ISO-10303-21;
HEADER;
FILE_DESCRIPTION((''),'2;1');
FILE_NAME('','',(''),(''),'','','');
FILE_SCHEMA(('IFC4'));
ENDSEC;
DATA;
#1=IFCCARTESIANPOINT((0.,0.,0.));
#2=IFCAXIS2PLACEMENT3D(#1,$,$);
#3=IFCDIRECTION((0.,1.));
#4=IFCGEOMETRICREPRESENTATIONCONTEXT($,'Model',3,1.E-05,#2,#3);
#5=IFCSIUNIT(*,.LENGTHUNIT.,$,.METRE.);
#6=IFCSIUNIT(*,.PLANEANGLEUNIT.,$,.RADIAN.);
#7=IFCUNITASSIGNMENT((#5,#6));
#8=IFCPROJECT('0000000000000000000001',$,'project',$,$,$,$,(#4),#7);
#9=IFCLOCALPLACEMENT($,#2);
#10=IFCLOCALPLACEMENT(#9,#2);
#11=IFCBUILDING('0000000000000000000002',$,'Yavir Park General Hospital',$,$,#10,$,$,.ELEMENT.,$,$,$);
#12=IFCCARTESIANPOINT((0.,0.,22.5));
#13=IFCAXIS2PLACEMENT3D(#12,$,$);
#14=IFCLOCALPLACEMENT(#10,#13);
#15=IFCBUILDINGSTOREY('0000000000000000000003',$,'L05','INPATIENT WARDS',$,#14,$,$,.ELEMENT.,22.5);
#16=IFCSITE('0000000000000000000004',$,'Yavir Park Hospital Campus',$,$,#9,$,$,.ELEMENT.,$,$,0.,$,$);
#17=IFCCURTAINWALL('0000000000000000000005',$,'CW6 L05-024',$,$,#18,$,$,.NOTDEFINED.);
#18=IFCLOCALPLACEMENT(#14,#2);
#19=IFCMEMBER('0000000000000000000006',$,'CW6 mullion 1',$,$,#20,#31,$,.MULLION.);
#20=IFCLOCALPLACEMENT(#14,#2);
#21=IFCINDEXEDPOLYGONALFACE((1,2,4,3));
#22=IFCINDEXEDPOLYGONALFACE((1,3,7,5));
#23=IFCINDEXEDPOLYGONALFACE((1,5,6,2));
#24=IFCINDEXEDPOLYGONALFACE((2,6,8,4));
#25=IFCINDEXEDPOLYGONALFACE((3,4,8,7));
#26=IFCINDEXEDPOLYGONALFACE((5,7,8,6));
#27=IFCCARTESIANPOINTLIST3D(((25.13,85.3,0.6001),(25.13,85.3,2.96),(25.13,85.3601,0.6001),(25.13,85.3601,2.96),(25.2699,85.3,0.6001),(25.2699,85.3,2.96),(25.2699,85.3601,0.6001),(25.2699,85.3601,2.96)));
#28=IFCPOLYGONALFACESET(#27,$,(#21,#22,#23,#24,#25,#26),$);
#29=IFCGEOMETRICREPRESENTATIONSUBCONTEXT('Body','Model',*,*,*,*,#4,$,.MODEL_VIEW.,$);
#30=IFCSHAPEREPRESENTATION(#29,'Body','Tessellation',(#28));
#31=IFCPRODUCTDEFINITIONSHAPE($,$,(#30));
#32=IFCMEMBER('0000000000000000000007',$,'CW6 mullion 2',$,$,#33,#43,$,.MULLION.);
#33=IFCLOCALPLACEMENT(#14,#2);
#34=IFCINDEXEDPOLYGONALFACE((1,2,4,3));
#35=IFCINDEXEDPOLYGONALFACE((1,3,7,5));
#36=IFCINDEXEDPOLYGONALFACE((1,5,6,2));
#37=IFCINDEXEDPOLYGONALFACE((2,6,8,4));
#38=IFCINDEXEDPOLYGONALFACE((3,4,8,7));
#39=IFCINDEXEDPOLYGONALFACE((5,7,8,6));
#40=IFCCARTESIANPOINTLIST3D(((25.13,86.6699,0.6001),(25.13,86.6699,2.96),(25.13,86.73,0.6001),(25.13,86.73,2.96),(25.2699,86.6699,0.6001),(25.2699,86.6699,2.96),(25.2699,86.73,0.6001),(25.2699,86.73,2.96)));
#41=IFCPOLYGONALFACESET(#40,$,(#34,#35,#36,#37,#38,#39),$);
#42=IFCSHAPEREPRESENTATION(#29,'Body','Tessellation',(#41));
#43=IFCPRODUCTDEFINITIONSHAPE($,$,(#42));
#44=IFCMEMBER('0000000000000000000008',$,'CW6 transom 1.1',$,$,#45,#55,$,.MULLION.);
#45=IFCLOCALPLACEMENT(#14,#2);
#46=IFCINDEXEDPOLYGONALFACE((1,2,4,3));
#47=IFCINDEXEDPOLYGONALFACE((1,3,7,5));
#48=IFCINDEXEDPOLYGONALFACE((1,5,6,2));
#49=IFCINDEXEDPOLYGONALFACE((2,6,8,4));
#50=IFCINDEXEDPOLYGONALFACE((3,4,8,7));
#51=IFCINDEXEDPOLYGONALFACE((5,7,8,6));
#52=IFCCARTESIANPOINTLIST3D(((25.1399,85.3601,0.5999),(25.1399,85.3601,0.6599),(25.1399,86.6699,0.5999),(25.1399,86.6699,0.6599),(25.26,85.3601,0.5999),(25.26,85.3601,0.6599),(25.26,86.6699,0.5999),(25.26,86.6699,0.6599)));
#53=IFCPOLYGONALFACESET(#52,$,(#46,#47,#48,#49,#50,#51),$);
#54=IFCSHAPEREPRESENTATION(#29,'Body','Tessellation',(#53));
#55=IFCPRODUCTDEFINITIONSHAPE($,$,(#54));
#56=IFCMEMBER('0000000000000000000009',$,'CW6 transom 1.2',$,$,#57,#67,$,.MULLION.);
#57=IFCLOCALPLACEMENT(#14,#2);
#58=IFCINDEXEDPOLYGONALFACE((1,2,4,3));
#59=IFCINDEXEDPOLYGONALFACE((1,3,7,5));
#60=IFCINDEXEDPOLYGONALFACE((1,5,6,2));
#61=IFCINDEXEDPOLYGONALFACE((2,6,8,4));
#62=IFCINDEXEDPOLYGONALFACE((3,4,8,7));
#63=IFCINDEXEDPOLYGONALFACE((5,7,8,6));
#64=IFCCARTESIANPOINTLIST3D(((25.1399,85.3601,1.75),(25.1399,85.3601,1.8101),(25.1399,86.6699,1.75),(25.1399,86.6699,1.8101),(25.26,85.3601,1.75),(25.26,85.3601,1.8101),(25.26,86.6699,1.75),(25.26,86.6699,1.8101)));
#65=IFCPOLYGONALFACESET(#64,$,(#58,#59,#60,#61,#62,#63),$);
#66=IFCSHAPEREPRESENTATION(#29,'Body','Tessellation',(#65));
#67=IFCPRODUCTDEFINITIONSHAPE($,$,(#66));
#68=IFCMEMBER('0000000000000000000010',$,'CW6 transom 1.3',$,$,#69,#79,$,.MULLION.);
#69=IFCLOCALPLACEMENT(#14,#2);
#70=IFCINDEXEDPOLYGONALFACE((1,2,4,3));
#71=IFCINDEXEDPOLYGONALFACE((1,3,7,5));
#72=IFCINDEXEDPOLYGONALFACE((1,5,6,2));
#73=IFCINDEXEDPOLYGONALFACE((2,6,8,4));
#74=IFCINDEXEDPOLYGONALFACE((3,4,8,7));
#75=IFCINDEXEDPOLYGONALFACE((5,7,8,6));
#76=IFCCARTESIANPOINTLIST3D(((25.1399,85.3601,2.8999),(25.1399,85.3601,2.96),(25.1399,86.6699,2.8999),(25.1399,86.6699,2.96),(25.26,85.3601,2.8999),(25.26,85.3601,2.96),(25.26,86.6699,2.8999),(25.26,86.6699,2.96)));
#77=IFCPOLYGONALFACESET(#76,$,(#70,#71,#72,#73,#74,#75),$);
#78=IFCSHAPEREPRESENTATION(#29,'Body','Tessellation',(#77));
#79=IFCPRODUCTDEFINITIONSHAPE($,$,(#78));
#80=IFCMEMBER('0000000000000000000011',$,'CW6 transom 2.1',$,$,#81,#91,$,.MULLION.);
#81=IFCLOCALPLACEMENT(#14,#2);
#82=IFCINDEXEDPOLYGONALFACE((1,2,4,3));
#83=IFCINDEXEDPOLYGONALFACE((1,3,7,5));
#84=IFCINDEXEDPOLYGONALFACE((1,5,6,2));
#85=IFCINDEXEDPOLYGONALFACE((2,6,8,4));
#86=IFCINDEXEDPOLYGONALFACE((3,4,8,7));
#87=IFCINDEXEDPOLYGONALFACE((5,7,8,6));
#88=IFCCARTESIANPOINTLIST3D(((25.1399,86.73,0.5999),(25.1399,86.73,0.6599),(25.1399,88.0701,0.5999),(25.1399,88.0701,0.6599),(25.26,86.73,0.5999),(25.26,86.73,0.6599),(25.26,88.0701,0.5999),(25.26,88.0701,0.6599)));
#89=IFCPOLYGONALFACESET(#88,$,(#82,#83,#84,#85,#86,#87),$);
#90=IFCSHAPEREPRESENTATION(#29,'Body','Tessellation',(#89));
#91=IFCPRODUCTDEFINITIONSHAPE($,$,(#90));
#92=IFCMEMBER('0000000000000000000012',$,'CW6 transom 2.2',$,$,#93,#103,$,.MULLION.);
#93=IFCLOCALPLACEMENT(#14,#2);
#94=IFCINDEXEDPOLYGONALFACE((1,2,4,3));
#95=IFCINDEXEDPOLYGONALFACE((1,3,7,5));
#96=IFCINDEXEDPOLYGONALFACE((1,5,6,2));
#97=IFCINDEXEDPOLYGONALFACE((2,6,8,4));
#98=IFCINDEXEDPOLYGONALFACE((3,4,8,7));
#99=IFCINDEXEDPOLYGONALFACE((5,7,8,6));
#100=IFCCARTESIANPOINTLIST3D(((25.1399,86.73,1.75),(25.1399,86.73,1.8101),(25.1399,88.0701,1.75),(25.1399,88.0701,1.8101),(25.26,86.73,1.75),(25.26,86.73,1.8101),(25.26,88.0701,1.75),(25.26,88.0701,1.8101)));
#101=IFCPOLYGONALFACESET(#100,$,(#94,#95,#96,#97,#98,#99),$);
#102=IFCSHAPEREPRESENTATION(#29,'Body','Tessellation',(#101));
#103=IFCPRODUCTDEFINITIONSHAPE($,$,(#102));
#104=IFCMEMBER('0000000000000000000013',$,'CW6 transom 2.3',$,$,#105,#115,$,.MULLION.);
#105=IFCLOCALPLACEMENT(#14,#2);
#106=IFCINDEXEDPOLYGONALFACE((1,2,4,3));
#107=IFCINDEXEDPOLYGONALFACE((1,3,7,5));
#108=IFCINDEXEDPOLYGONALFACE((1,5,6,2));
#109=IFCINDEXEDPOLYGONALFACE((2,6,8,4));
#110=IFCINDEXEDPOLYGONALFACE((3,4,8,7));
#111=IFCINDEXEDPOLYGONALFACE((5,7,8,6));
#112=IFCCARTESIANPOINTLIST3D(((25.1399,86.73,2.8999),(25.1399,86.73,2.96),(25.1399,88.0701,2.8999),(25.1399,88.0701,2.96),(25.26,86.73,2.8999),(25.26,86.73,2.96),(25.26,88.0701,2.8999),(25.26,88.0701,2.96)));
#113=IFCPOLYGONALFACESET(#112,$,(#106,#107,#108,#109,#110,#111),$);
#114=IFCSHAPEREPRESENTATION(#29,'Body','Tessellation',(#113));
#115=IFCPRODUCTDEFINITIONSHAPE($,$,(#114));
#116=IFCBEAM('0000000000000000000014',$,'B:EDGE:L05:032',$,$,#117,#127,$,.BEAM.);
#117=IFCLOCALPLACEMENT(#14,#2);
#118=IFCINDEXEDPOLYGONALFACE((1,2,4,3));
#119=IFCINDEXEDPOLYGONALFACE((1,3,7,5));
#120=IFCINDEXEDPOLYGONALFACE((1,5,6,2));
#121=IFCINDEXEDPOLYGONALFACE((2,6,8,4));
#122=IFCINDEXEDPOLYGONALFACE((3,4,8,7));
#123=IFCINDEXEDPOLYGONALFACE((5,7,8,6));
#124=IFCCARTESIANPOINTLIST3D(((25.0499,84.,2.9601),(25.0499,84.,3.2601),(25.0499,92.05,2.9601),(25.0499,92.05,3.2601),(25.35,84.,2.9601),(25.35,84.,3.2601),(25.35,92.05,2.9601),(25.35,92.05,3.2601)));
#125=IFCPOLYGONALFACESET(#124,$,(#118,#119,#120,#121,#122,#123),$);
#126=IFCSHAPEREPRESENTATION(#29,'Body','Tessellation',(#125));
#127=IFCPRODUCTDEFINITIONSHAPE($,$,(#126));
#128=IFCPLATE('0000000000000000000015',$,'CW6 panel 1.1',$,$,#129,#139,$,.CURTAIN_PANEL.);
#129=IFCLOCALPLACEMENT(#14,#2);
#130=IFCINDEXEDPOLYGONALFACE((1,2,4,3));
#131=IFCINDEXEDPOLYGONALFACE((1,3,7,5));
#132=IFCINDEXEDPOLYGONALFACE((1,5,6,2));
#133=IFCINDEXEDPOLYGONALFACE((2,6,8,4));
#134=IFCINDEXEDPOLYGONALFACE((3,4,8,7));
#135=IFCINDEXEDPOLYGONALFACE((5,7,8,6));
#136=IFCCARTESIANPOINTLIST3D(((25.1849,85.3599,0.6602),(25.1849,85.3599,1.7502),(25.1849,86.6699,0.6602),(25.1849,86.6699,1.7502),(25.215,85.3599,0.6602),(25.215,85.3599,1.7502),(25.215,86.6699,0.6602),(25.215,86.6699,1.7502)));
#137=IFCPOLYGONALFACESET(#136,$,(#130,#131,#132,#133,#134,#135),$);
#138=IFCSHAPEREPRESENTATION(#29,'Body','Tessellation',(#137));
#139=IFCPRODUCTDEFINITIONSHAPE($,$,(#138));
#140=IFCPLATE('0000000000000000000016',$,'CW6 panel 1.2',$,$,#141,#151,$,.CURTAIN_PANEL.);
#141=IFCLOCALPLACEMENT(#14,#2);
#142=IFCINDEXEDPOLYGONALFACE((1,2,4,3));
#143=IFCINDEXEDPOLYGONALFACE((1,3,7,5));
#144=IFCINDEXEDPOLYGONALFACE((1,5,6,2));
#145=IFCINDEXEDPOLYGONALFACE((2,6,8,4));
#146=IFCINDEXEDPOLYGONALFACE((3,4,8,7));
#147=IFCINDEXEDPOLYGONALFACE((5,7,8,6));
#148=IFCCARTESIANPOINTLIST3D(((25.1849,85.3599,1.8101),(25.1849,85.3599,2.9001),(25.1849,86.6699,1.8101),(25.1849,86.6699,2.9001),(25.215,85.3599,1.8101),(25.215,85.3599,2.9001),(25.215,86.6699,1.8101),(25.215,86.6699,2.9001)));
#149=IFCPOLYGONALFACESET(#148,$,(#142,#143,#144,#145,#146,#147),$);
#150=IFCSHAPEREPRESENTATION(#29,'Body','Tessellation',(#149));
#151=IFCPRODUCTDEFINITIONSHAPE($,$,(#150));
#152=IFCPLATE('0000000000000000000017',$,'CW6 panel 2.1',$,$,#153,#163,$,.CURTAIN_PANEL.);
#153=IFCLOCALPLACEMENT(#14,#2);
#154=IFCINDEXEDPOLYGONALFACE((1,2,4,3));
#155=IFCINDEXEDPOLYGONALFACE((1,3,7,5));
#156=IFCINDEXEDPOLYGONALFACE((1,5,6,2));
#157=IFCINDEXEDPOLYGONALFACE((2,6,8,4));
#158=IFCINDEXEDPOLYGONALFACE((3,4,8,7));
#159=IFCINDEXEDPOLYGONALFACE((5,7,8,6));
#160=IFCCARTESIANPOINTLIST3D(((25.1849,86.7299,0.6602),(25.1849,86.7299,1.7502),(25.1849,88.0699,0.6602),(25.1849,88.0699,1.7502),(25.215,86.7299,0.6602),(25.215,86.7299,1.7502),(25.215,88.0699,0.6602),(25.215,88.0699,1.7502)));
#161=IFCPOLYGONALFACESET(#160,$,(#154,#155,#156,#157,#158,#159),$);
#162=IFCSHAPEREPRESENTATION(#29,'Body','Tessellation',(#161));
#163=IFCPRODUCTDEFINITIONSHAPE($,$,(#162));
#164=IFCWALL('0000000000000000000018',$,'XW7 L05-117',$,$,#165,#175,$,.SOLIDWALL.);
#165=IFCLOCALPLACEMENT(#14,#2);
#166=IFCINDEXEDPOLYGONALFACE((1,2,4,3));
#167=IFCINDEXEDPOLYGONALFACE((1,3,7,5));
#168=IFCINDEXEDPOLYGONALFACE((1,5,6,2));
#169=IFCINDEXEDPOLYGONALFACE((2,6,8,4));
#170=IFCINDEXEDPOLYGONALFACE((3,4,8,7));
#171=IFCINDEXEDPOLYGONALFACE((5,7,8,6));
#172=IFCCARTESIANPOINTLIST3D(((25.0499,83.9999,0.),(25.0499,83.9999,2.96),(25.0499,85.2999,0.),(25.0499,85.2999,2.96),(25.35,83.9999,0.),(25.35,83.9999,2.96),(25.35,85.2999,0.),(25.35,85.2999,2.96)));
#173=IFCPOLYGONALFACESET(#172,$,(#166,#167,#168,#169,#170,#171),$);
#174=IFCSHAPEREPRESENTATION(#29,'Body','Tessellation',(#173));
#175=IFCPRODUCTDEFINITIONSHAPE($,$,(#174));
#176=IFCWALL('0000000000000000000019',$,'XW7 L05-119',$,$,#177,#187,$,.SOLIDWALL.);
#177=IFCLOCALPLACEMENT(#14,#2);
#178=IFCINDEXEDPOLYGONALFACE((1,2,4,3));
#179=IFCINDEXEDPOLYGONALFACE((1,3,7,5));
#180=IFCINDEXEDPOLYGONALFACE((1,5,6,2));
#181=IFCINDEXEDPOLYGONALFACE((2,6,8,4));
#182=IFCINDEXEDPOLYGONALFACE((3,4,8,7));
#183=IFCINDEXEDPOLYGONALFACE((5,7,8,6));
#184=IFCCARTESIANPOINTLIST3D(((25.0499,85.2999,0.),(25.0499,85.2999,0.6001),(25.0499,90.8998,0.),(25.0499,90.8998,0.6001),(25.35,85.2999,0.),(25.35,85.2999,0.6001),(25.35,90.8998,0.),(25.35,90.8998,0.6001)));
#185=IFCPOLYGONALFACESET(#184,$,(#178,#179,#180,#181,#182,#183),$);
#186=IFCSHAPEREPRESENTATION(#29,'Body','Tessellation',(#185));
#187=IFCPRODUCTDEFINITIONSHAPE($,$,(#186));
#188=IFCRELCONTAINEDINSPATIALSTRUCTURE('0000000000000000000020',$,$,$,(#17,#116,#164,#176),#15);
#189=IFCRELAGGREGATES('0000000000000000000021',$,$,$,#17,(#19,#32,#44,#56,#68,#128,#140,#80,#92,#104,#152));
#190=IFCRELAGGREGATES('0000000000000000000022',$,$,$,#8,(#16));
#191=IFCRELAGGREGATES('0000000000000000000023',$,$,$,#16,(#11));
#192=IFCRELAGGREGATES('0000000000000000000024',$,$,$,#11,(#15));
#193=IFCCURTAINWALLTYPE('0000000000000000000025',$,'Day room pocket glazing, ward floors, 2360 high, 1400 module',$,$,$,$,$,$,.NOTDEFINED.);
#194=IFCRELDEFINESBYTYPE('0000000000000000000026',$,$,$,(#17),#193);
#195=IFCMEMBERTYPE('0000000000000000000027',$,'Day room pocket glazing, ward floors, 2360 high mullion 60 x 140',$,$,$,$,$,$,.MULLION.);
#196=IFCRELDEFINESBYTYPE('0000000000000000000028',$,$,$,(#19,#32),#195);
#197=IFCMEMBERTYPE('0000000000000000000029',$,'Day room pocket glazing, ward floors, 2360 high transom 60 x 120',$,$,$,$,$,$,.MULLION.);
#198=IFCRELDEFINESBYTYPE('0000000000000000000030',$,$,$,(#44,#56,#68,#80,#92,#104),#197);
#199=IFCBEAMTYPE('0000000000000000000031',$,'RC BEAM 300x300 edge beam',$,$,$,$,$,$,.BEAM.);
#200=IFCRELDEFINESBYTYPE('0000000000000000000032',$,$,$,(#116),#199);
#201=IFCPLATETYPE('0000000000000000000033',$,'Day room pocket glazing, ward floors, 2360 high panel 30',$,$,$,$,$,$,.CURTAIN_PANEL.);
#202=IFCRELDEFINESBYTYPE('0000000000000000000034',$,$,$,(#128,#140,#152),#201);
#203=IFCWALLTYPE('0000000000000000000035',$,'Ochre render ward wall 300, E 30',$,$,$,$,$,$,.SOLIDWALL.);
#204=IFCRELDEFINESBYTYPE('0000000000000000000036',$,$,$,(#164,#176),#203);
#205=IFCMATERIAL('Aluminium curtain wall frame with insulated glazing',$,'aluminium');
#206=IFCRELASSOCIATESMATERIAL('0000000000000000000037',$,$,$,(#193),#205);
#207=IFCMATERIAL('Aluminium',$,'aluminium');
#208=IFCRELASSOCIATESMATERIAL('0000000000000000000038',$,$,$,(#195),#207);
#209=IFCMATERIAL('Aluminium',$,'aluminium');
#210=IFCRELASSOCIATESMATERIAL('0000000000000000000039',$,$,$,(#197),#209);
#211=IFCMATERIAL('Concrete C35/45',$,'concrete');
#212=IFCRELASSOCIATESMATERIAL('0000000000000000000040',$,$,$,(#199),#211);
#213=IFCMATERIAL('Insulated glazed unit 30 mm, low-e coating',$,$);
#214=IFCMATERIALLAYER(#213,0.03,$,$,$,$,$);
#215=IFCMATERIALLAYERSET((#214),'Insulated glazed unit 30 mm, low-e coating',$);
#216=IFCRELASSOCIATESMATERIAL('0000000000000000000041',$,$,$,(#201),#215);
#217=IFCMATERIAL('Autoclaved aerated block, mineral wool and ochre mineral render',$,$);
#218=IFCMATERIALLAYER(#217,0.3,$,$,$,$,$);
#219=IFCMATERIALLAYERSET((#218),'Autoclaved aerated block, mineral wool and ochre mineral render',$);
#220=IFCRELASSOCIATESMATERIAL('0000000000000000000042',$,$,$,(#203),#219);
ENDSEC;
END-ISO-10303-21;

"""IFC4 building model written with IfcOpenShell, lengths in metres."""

from ifc_helpers import new_model, si_unit, direction, frame, frame_2d, origin, origin_2d, place, context, subcontext, project, spatial, rectangle, extrude, material, layer, layer_set, material_profile, profile_set, type_object, element, aggregate, save


model = new_model("IFC4")

# Units and contexts
model_context = context("Model", 3, precision=1e-05, world=origin(), true_north=direction((0.0, 1.0)))
body_context = subcontext(model_context, "Body", "Model", "MODEL_VIEW")
ifc_project = project(units=[si_unit("LENGTHUNIT", "METRE"), si_unit("PLANEANGLEUNIT", "RADIAN")], contexts=[model_context])

# Site, building, storey
site_placement = place(None, origin())
site = spatial("IfcSite", under=ifc_project, at=site_placement, Name="Yavir Park Hospital Campus", CompositionType="ELEMENT", RefElevation=0.0)
building_placement = place(site_placement, origin())
building = spatial("IfcBuilding", under=site, at=building_placement, Name="Yavir Park General Hospital", CompositionType="ELEMENT")
storey_placement = place(building_placement, frame((0.0, 0.0, 22.5)))
storey = spatial("IfcBuildingStorey", under=building, at=storey_placement, Name="L05", Description="INPATIENT WARDS", CompositionType="ELEMENT", Elevation=22.5)

# Curtain wall, members
ifc_material_1 = material(Name="Aluminium curtain wall frame with insulated glazing", Category="aluminium")
curtain_wall_type = type_object("IfcCurtainWallType", Name="Day room pocket glazing, ward floors, 2360 high, 1400 module", PredefinedType="NOTDEFINED", material=ifc_material_1)
curtain_wall_placement = place(storey_placement, origin())
curtain_wall = element("IfcCurtainWall", 1, at=curtain_wall_placement, inside=storey, type_object=curtain_wall_type, Name="CW6 L05-024", PredefinedType="NOTDEFINED")
ifc_material_2 = material(Name="Aluminium", Category="aluminium")
ifc_material_profile_1 = material_profile(ifc_material_2, rectangle(XDim=0.1399, YDim=0.0601, at=origin_2d()), Name="AL 60x140")
ifc_profile_set_1 = profile_set([ifc_material_profile_1], Name="Aluminium")
member_type_1 = type_object("IfcMemberType", Name="Day room pocket glazing, ward floors, 2360 high mullion 60 x 140", PredefinedType="MULLION", material=ifc_profile_set_1)
member_1_placement = place(storey_placement, frame((25.2, 85.3301, 0.6001), z_axis=(0.0, 0.0, 1.0), x_axis=(-1.0, 0.0, 0.0)))
member_1 = element("IfcMember", 2, at=member_1_placement, type_object=member_type_1, Name="CW6 mullion 1", PredefinedType="MULLION", context=body_context, shape_type="SweptSolid", body=[
    extrude(rectangle(XDim=0.1399, YDim=0.0601, at=origin_2d()), origin(), (0.0, 0.0, 1.0), 2.3599),
])
member_2_placement = place(storey_placement, frame((25.2, 86.7, 0.6001), z_axis=(0.0, 0.0, 1.0), x_axis=(-1.0, 0.0, 0.0)))
member_2 = element("IfcMember", 3, at=member_2_placement, type_object=member_type_1, Name="CW6 mullion 2", PredefinedType="MULLION", context=body_context, shape_type="SweptSolid", body=[
    extrude(rectangle(XDim=0.1399, YDim=0.0601, at=origin_2d()), origin(), (0.0, 0.0, 1.0), 2.3599),
])
ifc_material_3 = material(Name="Aluminium", Category="aluminium")
ifc_material_profile_2 = material_profile(ifc_material_3, rectangle(XDim=0.1201, YDim=0.0601, at=origin_2d()), Name="AL 120x60")
ifc_profile_set_2 = profile_set([ifc_material_profile_2], Name="Aluminium")
member_type_2 = type_object("IfcMemberType", Name="Day room pocket glazing, ward floors, 2360 high transom 60 x 120", PredefinedType="MULLION", material=ifc_profile_set_2)
member_3_placement = place(storey_placement, frame((25.2, 85.3601, 0.6299), z_axis=(0.0, 1.0, 0.0), x_axis=(-1.0, 0.0, 0.0)))
member_3 = element("IfcMember", 4, at=member_3_placement, type_object=member_type_2, Name="CW6 transom 1.1", PredefinedType="MULLION", context=body_context, shape_type="SweptSolid", body=[
    extrude(rectangle(XDim=0.1201, YDim=0.0601, at=origin_2d()), origin(), (0.0, 0.0, 1.0), 1.3098),
])
member_4_placement = place(storey_placement, frame((25.2, 85.3601, 1.78), z_axis=(0.0, 1.0, 0.0), x_axis=(-1.0, 0.0, 0.0)))
member_4 = element("IfcMember", 5, at=member_4_placement, type_object=member_type_2, Name="CW6 transom 1.2", PredefinedType="MULLION", context=body_context, shape_type="SweptSolid", body=[
    extrude(rectangle(XDim=0.1201, YDim=0.0601, at=origin_2d()), origin(), (0.0, 0.0, 1.0), 1.3098),
])
member_5_placement = place(storey_placement, frame((25.2, 85.3601, 2.9299), z_axis=(0.0, 1.0, 0.0), x_axis=(-1.0, 0.0, 0.0)))
member_5 = element("IfcMember", 6, at=member_5_placement, type_object=member_type_2, Name="CW6 transom 1.3", PredefinedType="MULLION", context=body_context, shape_type="SweptSolid", body=[
    extrude(rectangle(XDim=0.1201, YDim=0.0601, at=origin_2d()), origin(), (0.0, 0.0, 1.0), 1.3098),
])
member_6_placement = place(storey_placement, frame((25.2, 86.73, 0.6299), z_axis=(0.0, 1.0, 0.0), x_axis=(-1.0, 0.0, 0.0)))
member_6 = element("IfcMember", 7, at=member_6_placement, type_object=member_type_2, Name="CW6 transom 2.1", PredefinedType="MULLION", context=body_context, shape_type="SweptSolid", body=[
    extrude(rectangle(XDim=0.1201, YDim=0.0601, at=origin_2d()), origin(), (0.0, 0.0, 1.0), 1.3401),
])
member_7_placement = place(storey_placement, frame((25.2, 86.73, 1.78), z_axis=(0.0, 1.0, 0.0), x_axis=(-1.0, 0.0, 0.0)))
member_7 = element("IfcMember", 8, at=member_7_placement, type_object=member_type_2, Name="CW6 transom 2.2", PredefinedType="MULLION", context=body_context, shape_type="SweptSolid", body=[
    extrude(rectangle(XDim=0.1201, YDim=0.0601, at=origin_2d()), origin(), (0.0, 0.0, 1.0), 1.3401),
])
member_8_placement = place(storey_placement, frame((25.2, 86.73, 2.9299), z_axis=(0.0, 1.0, 0.0), x_axis=(-1.0, 0.0, 0.0)))
member_8 = element("IfcMember", 9, at=member_8_placement, type_object=member_type_2, Name="CW6 transom 2.3", PredefinedType="MULLION", context=body_context, shape_type="SweptSolid", body=[
    extrude(rectangle(XDim=0.1201, YDim=0.0601, at=origin_2d()), origin(), (0.0, 0.0, 1.0), 1.3401),
])

# Beam
ifc_material_4 = material(Name="Concrete C35/45", Category="concrete")
ifc_material_profile_3 = material_profile(ifc_material_4, rectangle(XDim=0.3, YDim=0.3, at=origin_2d()), Name="RC300x300")
ifc_profile_set_3 = profile_set([ifc_material_profile_3], Name="Concrete C35/45")
beam_type = type_object("IfcBeamType", Name="RC BEAM 300x300 edge beam", PredefinedType="BEAM", material=ifc_profile_set_3)
beam_placement = place(storey_placement, frame((25.2, 84.0, 3.1101), z_axis=(0.0, 1.0, 0.0), x_axis=(-1.0, 0.0, 0.0)))
element("IfcBeam", 10, at=beam_placement, inside=storey, type_object=beam_type, Name="B:EDGE:L05:032", PredefinedType="BEAM", context=body_context, shape_type="SweptSolid", body=[
    extrude(rectangle(XDim=0.3, YDim=0.3, at=origin_2d()), origin(), (0.0, 0.0, 1.0), 8.05),
])

# Plates
ifc_material_5 = material(Name="Insulated glazed unit 30 mm, low-e coating")
ifc_layer_1 = layer(ifc_material_5, 0.03)
ifc_layer_set_1 = layer_set([ifc_layer_1], Name="Insulated glazed unit 30 mm, low-e coating")
plate_type = type_object("IfcPlateType", Name="Day room pocket glazing, ward floors, 2360 high panel 30", PredefinedType="CURTAIN_PANEL", material=ifc_layer_set_1)
plate_1_placement = place(storey_placement, frame((25.2, 86.0149, 0.6602), z_axis=(0.0, 0.0, 1.0), x_axis=(0.0, 1.0, 0.0)))
plate_1 = element("IfcPlate", 11, at=plate_1_placement, type_object=plate_type, Name="CW6 panel 1.1", PredefinedType="CURTAIN_PANEL", context=body_context, shape_type="SweptSolid", body=[
    extrude(rectangle(XDim=1.3101, YDim=0.03, at=origin_2d()), origin(), (0.0, 0.0, 1.0), 1.0901),
])
plate_2_placement = place(storey_placement, frame((25.2, 86.0149, 1.8101), z_axis=(0.0, 0.0, 1.0), x_axis=(0.0, 1.0, 0.0)))
plate_2 = element("IfcPlate", 12, at=plate_2_placement, type_object=plate_type, Name="CW6 panel 1.2", PredefinedType="CURTAIN_PANEL", context=body_context, shape_type="SweptSolid", body=[
    extrude(rectangle(XDim=1.3101, YDim=0.03, at=origin_2d()), origin(), (0.0, 0.0, 1.0), 1.0901),
])
plate_3_placement = place(storey_placement, frame((25.2, 87.3999, 0.6602), z_axis=(0.0, 0.0, 1.0), x_axis=(0.0, 1.0, 0.0)))
plate_3 = element("IfcPlate", 13, at=plate_3_placement, type_object=plate_type, Name="CW6 panel 2.1", PredefinedType="CURTAIN_PANEL", context=body_context, shape_type="SweptSolid", body=[
    extrude(rectangle(XDim=1.3401, YDim=0.03, at=origin_2d()), origin(), (0.0, 0.0, 1.0), 1.0901),
])
aggregate(curtain_wall, [member_1, member_2, member_3, member_4, member_5, plate_1, plate_2, member_6, member_7, member_8, plate_3])

# Walls
ifc_material_6 = material(Name="Autoclaved aerated block, mineral wool and ochre mineral render")
ifc_layer_2 = layer(ifc_material_6, 0.3)
ifc_layer_set_2 = layer_set([ifc_layer_2], Name="Autoclaved aerated block, mineral wool and ochre mineral render")
wall_type_1 = type_object("IfcWallType", Name="Ochre render ward wall 300, E 30", PredefinedType="SOLIDWALL", material=ifc_layer_set_2)
wall_1_placement = place(storey_placement, frame((25.2, 84.0, 0.0), z_axis=(0.0, 0.0, 1.0), x_axis=(0.0, 1.0, 0.0)))
element("IfcWall", 14, at=wall_1_placement, inside=storey, type_object=wall_type_1, Name="XW7 L05-117", PredefinedType="SOLIDWALL", context=body_context, shape_type="SweptSolid", body=[
    extrude(rectangle(XDim=1.3, YDim=0.3, at=frame_2d((0.6499, 0.0))), origin(), (0.0, 0.0, 1.0), 2.96),
])
wall_2_placement = place(storey_placement, frame((25.2, 85.3, 0.0), z_axis=(0.0, 0.0, 1.0), x_axis=(0.0, 1.0, 0.0)))
element("IfcWall", 15, at=wall_2_placement, inside=storey, type_object=wall_type_1, Name="XW7 L05-119", PredefinedType="SOLIDWALL", context=body_context, shape_type="SweptSolid", body=[
    extrude(rectangle(XDim=5.5999, YDim=0.3, at=frame_2d((2.7998, 0.0))), origin(), (0.0, 0.0, 1.0), 0.6001),
])

save(model, "model.ifc")
